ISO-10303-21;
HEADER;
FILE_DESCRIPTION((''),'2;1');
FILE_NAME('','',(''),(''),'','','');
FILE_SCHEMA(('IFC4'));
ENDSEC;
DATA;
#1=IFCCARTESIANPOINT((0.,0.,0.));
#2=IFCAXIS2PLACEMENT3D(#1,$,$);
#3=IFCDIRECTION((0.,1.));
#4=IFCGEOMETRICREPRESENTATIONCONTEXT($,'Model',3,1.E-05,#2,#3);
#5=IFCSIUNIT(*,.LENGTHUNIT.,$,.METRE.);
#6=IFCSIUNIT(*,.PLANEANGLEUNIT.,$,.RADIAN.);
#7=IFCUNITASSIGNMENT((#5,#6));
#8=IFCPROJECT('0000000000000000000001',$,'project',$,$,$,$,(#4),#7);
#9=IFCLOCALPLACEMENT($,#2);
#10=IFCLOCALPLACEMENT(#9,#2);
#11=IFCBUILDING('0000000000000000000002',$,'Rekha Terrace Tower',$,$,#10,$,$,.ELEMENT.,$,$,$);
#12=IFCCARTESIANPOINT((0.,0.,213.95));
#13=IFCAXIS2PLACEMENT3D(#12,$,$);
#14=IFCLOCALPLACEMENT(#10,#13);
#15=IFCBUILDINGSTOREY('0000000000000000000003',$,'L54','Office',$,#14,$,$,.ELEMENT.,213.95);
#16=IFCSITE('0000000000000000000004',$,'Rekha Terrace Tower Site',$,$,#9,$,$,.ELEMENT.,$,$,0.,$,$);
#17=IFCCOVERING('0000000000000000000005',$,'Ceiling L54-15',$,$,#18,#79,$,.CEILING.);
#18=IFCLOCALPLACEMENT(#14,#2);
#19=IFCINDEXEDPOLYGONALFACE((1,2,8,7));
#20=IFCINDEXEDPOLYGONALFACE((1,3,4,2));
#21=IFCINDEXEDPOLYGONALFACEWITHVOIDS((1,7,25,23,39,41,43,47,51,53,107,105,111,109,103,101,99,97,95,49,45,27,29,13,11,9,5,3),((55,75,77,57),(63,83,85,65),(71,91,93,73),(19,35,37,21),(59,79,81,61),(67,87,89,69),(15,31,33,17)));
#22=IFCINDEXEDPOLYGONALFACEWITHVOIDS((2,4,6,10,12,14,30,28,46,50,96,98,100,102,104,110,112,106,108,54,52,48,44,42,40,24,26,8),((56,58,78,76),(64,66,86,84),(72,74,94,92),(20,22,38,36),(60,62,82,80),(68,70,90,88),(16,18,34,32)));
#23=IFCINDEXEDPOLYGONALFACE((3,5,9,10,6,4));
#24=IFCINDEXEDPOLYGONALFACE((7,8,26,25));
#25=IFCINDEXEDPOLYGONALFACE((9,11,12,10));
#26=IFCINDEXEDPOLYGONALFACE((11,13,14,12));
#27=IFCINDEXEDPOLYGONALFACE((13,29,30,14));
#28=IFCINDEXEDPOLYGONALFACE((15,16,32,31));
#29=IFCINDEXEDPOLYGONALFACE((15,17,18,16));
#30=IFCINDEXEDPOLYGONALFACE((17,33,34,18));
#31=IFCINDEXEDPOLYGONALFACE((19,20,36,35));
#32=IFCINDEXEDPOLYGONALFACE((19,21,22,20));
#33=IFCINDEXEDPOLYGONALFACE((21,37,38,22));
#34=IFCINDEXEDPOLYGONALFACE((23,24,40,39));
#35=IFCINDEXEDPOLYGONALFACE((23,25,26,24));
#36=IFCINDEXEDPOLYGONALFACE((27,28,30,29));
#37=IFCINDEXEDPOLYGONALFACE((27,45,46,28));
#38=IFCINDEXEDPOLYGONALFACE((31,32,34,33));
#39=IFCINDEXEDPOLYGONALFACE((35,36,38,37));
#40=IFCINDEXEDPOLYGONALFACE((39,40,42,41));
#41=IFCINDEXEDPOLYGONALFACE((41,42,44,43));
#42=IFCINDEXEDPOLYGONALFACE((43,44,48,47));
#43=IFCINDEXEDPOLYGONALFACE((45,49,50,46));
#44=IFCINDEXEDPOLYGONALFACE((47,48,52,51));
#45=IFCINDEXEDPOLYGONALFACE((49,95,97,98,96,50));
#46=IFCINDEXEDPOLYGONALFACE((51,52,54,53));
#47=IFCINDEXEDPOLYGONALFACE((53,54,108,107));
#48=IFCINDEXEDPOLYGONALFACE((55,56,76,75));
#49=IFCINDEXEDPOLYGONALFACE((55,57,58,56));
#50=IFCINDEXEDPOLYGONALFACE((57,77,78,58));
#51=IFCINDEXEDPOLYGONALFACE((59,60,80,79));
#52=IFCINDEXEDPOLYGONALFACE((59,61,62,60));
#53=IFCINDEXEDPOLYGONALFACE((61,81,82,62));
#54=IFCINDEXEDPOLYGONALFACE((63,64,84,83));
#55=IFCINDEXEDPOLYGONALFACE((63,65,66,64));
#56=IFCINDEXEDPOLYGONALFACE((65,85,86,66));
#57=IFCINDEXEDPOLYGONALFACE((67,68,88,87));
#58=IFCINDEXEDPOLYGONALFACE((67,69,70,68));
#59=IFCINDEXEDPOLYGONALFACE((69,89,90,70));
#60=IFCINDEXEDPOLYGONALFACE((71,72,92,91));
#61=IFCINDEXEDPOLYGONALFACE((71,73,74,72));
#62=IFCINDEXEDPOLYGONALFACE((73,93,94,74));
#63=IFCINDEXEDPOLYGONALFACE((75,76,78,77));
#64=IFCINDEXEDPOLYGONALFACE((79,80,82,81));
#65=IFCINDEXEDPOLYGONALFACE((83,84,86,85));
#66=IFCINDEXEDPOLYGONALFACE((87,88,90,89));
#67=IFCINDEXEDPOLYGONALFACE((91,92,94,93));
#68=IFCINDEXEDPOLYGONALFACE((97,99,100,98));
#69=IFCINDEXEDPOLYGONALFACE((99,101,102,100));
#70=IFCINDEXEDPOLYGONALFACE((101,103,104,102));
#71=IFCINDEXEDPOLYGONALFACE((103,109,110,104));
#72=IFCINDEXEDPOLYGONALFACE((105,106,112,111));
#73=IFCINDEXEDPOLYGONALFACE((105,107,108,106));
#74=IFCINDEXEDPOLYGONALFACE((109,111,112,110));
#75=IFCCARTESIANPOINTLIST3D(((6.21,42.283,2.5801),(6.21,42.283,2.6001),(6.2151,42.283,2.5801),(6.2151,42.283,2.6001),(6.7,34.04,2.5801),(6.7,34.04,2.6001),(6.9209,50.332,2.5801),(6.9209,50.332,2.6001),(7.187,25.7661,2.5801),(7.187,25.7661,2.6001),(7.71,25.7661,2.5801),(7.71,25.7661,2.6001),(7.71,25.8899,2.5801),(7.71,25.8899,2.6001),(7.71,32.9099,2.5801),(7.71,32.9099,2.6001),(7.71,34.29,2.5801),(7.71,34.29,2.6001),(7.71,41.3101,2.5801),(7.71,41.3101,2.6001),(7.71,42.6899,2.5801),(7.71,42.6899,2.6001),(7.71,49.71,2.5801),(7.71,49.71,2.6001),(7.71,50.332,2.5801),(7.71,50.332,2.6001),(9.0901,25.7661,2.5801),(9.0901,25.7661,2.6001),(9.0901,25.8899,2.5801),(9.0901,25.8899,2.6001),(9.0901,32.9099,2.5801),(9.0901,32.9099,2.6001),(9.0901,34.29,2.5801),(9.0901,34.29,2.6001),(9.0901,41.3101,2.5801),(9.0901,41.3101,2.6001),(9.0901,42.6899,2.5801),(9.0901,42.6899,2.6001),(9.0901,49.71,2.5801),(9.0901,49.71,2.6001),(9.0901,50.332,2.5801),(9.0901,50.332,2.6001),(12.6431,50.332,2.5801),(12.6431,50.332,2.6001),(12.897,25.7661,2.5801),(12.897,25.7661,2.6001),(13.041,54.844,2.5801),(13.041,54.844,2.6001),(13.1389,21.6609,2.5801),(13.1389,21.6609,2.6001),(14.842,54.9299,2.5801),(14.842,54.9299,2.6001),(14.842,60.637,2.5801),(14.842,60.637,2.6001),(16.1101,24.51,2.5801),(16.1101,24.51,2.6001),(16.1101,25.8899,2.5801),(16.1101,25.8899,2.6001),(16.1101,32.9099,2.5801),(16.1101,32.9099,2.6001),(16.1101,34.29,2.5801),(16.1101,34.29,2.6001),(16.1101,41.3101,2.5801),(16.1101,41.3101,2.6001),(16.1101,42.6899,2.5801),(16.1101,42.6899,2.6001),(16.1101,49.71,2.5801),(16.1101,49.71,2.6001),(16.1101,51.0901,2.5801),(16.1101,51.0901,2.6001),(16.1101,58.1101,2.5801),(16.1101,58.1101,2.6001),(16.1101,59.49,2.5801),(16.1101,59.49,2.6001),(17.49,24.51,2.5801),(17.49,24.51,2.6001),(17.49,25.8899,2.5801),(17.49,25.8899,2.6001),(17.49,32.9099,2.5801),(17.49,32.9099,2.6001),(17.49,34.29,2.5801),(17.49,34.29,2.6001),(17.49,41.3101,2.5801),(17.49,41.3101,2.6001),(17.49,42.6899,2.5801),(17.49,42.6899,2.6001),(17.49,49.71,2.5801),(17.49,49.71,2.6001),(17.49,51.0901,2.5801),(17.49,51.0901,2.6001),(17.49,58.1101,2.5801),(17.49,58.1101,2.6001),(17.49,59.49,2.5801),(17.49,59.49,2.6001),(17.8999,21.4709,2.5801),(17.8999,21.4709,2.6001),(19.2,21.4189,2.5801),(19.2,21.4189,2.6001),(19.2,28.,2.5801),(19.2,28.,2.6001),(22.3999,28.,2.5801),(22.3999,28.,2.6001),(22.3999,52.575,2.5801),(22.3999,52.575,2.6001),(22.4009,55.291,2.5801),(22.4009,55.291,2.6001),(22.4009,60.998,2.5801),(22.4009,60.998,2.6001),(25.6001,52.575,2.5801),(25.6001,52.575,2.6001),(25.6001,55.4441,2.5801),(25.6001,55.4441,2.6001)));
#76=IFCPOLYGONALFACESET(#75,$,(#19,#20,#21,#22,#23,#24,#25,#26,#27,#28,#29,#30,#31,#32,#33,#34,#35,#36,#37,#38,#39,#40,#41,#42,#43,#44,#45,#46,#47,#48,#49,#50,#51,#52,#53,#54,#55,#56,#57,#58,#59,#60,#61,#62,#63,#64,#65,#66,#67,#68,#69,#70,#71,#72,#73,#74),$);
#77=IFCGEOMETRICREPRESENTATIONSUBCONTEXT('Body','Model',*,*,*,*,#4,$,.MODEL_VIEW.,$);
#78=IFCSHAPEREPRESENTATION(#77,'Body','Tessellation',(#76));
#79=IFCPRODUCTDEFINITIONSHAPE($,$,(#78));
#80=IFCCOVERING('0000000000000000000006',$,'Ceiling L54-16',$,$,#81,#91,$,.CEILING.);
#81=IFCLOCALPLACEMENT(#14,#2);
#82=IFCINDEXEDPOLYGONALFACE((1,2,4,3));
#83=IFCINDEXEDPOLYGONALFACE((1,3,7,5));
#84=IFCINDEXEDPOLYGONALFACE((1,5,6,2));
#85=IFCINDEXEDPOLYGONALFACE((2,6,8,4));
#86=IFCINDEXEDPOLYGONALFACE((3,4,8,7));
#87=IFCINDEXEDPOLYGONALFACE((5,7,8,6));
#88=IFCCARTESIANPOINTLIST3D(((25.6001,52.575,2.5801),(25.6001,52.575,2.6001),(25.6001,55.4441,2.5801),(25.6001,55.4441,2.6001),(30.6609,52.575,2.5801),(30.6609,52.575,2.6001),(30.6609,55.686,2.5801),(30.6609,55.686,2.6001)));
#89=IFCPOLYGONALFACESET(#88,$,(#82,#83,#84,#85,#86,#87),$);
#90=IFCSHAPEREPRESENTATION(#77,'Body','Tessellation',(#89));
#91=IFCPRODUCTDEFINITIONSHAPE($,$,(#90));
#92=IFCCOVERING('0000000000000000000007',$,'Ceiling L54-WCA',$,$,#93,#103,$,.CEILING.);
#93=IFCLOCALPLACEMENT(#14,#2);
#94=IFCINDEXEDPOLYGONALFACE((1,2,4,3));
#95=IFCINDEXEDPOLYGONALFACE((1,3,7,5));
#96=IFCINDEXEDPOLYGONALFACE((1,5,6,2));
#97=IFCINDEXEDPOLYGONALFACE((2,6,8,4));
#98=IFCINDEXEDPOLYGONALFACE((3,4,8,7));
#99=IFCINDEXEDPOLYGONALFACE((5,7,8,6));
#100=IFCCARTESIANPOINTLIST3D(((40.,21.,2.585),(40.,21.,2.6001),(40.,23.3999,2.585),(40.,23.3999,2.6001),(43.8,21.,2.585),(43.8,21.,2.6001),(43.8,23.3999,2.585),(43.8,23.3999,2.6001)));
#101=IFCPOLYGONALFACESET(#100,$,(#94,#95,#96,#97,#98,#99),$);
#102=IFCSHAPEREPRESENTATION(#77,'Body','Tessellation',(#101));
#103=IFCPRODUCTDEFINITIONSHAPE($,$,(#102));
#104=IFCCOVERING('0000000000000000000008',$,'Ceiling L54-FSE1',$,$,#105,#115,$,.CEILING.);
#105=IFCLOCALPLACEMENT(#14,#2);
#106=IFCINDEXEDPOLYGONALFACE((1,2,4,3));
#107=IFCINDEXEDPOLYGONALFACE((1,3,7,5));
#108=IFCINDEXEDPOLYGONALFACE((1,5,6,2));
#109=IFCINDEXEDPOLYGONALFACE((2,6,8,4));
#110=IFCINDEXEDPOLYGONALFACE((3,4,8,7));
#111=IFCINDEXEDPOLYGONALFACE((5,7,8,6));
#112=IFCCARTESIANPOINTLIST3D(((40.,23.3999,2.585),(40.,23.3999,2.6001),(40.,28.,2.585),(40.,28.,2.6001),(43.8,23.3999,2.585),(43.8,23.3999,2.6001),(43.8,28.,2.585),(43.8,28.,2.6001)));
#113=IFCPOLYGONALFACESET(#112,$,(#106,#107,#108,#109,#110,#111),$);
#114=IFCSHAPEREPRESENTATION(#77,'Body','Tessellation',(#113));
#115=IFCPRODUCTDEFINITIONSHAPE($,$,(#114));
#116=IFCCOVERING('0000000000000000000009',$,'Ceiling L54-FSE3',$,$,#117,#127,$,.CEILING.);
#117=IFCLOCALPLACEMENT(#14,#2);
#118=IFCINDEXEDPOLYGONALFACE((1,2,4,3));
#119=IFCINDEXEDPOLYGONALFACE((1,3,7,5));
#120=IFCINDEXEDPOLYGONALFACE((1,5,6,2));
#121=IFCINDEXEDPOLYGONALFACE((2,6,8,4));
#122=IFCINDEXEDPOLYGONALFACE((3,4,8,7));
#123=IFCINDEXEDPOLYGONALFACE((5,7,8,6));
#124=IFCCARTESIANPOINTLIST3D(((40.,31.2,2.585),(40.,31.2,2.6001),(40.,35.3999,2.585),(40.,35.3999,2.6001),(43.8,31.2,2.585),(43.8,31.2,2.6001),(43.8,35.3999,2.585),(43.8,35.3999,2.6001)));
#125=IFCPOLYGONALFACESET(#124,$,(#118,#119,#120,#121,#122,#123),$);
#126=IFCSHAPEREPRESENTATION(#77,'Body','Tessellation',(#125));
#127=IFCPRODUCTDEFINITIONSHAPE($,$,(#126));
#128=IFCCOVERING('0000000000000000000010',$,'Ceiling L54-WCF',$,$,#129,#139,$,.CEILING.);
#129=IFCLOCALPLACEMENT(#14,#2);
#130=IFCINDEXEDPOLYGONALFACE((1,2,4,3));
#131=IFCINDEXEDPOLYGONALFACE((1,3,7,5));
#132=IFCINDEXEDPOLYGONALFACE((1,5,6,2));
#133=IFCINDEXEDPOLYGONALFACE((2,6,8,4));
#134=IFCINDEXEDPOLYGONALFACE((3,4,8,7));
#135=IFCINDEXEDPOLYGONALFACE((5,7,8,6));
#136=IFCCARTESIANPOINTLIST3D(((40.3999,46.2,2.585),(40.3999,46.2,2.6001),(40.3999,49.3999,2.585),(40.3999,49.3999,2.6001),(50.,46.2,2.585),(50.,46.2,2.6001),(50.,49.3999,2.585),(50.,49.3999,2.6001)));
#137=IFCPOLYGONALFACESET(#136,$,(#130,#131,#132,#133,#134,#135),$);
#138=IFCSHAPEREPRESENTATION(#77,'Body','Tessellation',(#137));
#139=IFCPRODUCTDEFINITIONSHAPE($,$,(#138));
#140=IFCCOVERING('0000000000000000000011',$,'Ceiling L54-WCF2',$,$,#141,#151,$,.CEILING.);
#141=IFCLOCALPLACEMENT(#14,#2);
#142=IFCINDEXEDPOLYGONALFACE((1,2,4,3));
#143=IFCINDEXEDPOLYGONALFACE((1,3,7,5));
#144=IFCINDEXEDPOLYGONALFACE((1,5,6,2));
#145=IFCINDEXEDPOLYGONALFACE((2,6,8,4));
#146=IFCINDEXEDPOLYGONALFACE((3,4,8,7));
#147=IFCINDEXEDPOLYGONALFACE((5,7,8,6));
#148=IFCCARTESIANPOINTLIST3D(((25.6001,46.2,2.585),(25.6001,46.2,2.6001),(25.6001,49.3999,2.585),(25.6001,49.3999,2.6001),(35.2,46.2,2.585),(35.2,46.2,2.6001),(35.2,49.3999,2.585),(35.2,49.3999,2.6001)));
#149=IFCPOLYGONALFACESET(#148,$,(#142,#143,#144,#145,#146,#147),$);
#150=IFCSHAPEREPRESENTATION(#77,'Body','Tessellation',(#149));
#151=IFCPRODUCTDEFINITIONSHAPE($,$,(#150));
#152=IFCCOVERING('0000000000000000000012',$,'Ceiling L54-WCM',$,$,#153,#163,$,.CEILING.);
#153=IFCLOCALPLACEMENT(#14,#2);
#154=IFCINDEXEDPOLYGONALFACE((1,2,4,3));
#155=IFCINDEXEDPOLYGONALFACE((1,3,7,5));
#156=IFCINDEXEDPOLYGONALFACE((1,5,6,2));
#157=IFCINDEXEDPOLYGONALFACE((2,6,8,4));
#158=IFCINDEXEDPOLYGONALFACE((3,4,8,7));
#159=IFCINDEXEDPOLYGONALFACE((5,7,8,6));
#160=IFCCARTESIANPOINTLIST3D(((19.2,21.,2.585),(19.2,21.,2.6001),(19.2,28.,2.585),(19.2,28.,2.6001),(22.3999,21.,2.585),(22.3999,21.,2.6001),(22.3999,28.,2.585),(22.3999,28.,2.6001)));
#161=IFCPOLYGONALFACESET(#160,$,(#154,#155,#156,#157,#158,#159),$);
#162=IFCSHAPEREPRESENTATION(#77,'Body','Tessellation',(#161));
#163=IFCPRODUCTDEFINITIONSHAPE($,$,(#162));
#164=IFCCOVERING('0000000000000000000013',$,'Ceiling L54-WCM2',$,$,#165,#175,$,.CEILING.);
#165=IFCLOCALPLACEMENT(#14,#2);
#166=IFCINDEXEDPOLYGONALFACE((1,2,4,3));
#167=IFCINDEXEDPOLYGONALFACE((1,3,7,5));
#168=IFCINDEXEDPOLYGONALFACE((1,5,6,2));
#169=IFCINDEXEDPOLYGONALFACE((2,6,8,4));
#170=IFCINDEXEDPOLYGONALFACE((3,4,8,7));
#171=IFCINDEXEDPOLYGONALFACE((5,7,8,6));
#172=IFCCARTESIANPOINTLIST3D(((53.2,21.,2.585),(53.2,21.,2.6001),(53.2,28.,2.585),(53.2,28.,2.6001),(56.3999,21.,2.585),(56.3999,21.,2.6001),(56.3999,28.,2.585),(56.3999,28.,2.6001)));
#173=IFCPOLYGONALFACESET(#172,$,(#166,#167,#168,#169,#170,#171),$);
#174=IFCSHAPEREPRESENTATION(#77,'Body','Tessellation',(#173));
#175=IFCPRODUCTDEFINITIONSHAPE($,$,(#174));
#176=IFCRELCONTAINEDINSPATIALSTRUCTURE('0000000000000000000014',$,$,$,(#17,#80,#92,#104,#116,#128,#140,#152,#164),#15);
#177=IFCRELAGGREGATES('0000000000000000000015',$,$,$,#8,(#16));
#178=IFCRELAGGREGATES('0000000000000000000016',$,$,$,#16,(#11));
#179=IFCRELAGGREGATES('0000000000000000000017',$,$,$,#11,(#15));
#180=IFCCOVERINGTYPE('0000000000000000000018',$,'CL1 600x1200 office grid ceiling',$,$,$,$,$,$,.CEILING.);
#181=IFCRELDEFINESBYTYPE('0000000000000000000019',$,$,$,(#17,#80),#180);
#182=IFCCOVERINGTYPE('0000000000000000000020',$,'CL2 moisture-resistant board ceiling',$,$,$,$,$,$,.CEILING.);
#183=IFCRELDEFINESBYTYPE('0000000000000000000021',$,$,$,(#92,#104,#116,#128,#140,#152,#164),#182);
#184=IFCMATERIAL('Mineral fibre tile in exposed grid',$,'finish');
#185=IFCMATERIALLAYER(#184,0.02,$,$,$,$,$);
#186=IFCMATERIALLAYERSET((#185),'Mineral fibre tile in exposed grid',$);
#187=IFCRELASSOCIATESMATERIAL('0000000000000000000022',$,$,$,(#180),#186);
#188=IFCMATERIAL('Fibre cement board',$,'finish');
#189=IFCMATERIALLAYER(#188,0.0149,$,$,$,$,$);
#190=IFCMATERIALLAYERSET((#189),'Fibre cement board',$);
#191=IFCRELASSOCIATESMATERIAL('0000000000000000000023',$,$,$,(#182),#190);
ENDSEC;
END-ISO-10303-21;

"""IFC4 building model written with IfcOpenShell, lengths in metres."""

from ifc_helpers import new_model, si_unit, direction, frame, origin, place, context, subcontext, project, spatial, polyline, outline, extrude, material, layer, layer_set, type_object, element, save


model = new_model("IFC4")

# Units and contexts
model_context = context("Model", 3, precision=1e-05, world=origin(), true_north=direction((0.0, 1.0)))
body_context = subcontext(model_context, "Body", "Model", "MODEL_VIEW")
ifc_project = project(units=[si_unit("LENGTHUNIT", "METRE"), si_unit("PLANEANGLEUNIT", "RADIAN")], contexts=[model_context])

# Site, building, storey
site_placement = place(None, origin())
site = spatial("IfcSite", under=ifc_project, at=site_placement, Name="Rekha Terrace Tower Site", CompositionType="ELEMENT", RefElevation=0.0)
building_placement = place(site_placement, origin())
building = spatial("IfcBuilding", under=site, at=building_placement, Name="Rekha Terrace Tower", CompositionType="ELEMENT")
storey_placement = place(building_placement, frame((0.0, 0.0, 213.95)))
storey = spatial("IfcBuildingStorey", under=building, at=storey_placement, Name="L54", Description="Office", CompositionType="ELEMENT", Elevation=213.95)

# Coverings
ifc_material_1 = material(Name="Mineral fibre tile in exposed grid", Category="finish")
ifc_layer_1 = layer(ifc_material_1, 0.02)
ifc_layer_set_1 = layer_set([ifc_layer_1], Name="Mineral fibre tile in exposed grid")
covering_type_1 = type_object("IfcCoveringType", Name="CL1 600x1200 office grid ceiling", PredefinedType="CEILING", material=ifc_layer_set_1)
covering_1_placement = place(storey_placement, frame((0.0, 0.0, 2.5801)))
element("IfcCovering", 1, at=covering_1_placement, inside=storey, type_object=covering_type_1, Name="Ceiling L54-15", PredefinedType="CEILING", context=body_context, shape_type="SweptSolid", body=[
    extrude(outline(polyline([(6.9209, 50.332), (6.21, 42.283), (6.2151, 42.283), (6.7, 34.04), (7.187, 25.7661), (7.71, 25.7661), (7.71, 25.8899), (9.0901, 25.8899), (9.0901, 25.7661), (12.897, 25.7661), (13.1389, 21.6609), (17.8999, 21.4709), (19.2, 21.4189), (19.2, 28.0), (22.3999, 28.0), (22.3999, 52.575), (25.6001, 52.575), (25.6001, 55.4441), (22.4009, 55.291), (22.4009, 60.998), (14.842, 60.637), (14.842, 54.9299), (13.041, 54.844), (12.6431, 50.332), (9.0901, 50.332), (9.0901, 49.71), (7.71, 49.71), (7.71, 50.332), (6.9209, 50.332)]), holes=[polyline([(17.49, 24.51), (16.1101, 24.51), (16.1101, 25.8899), (17.49, 25.8899), (17.49, 24.51)]), polyline([(17.49, 32.9099), (16.1101, 32.9099), (16.1101, 34.29), (17.49, 34.29), (17.49, 32.9099)]), polyline([(17.49, 42.6899), (17.49, 41.3101), (16.1101, 41.3101), (16.1101, 42.6899), (17.49, 42.6899)]), polyline([(17.49, 51.0901), (17.49, 49.71), (16.1101, 49.71), (16.1101, 51.0901), (17.49, 51.0901)]), polyline([(17.49, 59.49), (17.49, 58.1101), (16.1101, 58.1101), (16.1101, 59.49), (17.49, 59.49)]), polyline([(9.0901, 34.29), (9.0901, 32.9099), (7.71, 32.9099), (7.71, 34.29), (9.0901, 34.29)]), polyline([(9.0901, 41.3101), (7.71, 41.3101), (7.71, 42.6899), (9.0901, 42.6899), (9.0901, 41.3101)])]), origin(), (0.0, 0.0, 1.0), 0.02),
])
covering_2_placement = place(storey_placement, frame((0.0, 0.0, 2.5801)))
element("IfcCovering", 2, at=covering_2_placement, inside=storey, type_object=covering_type_1, Name="Ceiling L54-16", PredefinedType="CEILING", context=body_context, shape_type="SweptSolid", body=[
    extrude(outline(polyline([(25.6001, 55.4441), (25.6001, 52.575), (30.6609, 52.575), (30.6609, 55.686), (25.6001, 55.4441)])), origin(), (0.0, 0.0, 1.0), 0.02),
])
ifc_material_2 = material(Name="Fibre cement board", Category="finish")
ifc_layer_2 = layer(ifc_material_2, 0.0149)
ifc_layer_set_2 = layer_set([ifc_layer_2], Name="Fibre cement board")
covering_type_2 = type_object("IfcCoveringType", Name="CL2 moisture-resistant board ceiling", PredefinedType="CEILING", material=ifc_layer_set_2)
covering_3_placement = place(storey_placement, frame((0.0, 0.0, 2.585)))
element("IfcCovering", 3, at=covering_3_placement, inside=storey, type_object=covering_type_2, Name="Ceiling L54-WCA", PredefinedType="CEILING", context=body_context, shape_type="SweptSolid", body=[
    extrude(outline(polyline([(43.8, 23.3999), (40.0, 23.3999), (40.0, 21.0), (43.8, 21.0), (43.8, 23.3999)])), origin(), (0.0, 0.0, 1.0), 0.0151),
])
covering_4_placement = place(storey_placement, frame((0.0, 0.0, 2.585)))
element("IfcCovering", 4, at=covering_4_placement, inside=storey, type_object=covering_type_2, Name="Ceiling L54-FSE1", PredefinedType="CEILING", context=body_context, shape_type="SweptSolid", body=[
    extrude(outline(polyline([(43.8, 28.0), (40.0, 28.0), (40.0, 23.3999), (43.8, 23.3999), (43.8, 28.0)])), origin(), (0.0, 0.0, 1.0), 0.0151),
])
covering_5_placement = place(storey_placement, frame((0.0, 0.0, 2.585)))
element("IfcCovering", 5, at=covering_5_placement, inside=storey, type_object=covering_type_2, Name="Ceiling L54-FSE3", PredefinedType="CEILING", context=body_context, shape_type="SweptSolid", body=[
    extrude(outline(polyline([(43.8, 35.3999), (40.0, 35.3999), (40.0, 31.2), (43.8, 31.2), (43.8, 35.3999)])), origin(), (0.0, 0.0, 1.0), 0.0151),
])
covering_6_placement = place(storey_placement, frame((0.0, 0.0, 2.585)))
element("IfcCovering", 6, at=covering_6_placement, inside=storey, type_object=covering_type_2, Name="Ceiling L54-WCF", PredefinedType="CEILING", context=body_context, shape_type="SweptSolid", body=[
    extrude(outline(polyline([(50.0, 49.3999), (40.3999, 49.3999), (40.3999, 46.2), (50.0, 46.2), (50.0, 49.3999)])), origin(), (0.0, 0.0, 1.0), 0.0151),
])
covering_7_placement = place(storey_placement, frame((0.0, 0.0, 2.585)))
element("IfcCovering", 7, at=covering_7_placement, inside=storey, type_object=covering_type_2, Name="Ceiling L54-WCF2", PredefinedType="CEILING", context=body_context, shape_type="SweptSolid", body=[
    extrude(outline(polyline([(35.2, 49.3999), (25.6001, 49.3999), (25.6001, 46.2), (35.2, 46.2), (35.2, 49.3999)])), origin(), (0.0, 0.0, 1.0), 0.0151),
])
covering_8_placement = place(storey_placement, frame((0.0, 0.0, 2.585)))
element("IfcCovering", 8, at=covering_8_placement, inside=storey, type_object=covering_type_2, Name="Ceiling L54-WCM", PredefinedType="CEILING", context=body_context, shape_type="SweptSolid", body=[
    extrude(outline(polyline([(22.3999, 28.0), (19.2, 28.0), (19.2, 21.0), (22.3999, 21.0), (22.3999, 28.0)])), origin(), (0.0, 0.0, 1.0), 0.0151),
])
covering_9_placement = place(storey_placement, frame((0.0, 0.0, 2.585)))
element("IfcCovering", 9, at=covering_9_placement, inside=storey, type_object=covering_type_2, Name="Ceiling L54-WCM2", PredefinedType="CEILING", context=body_context, shape_type="SweptSolid", body=[
    extrude(outline(polyline([(56.3999, 28.0), (53.2, 28.0), (53.2, 21.0), (56.3999, 21.0), (56.3999, 28.0)])), origin(), (0.0, 0.0, 1.0), 0.0151),
])

save(model, "model.ifc")
